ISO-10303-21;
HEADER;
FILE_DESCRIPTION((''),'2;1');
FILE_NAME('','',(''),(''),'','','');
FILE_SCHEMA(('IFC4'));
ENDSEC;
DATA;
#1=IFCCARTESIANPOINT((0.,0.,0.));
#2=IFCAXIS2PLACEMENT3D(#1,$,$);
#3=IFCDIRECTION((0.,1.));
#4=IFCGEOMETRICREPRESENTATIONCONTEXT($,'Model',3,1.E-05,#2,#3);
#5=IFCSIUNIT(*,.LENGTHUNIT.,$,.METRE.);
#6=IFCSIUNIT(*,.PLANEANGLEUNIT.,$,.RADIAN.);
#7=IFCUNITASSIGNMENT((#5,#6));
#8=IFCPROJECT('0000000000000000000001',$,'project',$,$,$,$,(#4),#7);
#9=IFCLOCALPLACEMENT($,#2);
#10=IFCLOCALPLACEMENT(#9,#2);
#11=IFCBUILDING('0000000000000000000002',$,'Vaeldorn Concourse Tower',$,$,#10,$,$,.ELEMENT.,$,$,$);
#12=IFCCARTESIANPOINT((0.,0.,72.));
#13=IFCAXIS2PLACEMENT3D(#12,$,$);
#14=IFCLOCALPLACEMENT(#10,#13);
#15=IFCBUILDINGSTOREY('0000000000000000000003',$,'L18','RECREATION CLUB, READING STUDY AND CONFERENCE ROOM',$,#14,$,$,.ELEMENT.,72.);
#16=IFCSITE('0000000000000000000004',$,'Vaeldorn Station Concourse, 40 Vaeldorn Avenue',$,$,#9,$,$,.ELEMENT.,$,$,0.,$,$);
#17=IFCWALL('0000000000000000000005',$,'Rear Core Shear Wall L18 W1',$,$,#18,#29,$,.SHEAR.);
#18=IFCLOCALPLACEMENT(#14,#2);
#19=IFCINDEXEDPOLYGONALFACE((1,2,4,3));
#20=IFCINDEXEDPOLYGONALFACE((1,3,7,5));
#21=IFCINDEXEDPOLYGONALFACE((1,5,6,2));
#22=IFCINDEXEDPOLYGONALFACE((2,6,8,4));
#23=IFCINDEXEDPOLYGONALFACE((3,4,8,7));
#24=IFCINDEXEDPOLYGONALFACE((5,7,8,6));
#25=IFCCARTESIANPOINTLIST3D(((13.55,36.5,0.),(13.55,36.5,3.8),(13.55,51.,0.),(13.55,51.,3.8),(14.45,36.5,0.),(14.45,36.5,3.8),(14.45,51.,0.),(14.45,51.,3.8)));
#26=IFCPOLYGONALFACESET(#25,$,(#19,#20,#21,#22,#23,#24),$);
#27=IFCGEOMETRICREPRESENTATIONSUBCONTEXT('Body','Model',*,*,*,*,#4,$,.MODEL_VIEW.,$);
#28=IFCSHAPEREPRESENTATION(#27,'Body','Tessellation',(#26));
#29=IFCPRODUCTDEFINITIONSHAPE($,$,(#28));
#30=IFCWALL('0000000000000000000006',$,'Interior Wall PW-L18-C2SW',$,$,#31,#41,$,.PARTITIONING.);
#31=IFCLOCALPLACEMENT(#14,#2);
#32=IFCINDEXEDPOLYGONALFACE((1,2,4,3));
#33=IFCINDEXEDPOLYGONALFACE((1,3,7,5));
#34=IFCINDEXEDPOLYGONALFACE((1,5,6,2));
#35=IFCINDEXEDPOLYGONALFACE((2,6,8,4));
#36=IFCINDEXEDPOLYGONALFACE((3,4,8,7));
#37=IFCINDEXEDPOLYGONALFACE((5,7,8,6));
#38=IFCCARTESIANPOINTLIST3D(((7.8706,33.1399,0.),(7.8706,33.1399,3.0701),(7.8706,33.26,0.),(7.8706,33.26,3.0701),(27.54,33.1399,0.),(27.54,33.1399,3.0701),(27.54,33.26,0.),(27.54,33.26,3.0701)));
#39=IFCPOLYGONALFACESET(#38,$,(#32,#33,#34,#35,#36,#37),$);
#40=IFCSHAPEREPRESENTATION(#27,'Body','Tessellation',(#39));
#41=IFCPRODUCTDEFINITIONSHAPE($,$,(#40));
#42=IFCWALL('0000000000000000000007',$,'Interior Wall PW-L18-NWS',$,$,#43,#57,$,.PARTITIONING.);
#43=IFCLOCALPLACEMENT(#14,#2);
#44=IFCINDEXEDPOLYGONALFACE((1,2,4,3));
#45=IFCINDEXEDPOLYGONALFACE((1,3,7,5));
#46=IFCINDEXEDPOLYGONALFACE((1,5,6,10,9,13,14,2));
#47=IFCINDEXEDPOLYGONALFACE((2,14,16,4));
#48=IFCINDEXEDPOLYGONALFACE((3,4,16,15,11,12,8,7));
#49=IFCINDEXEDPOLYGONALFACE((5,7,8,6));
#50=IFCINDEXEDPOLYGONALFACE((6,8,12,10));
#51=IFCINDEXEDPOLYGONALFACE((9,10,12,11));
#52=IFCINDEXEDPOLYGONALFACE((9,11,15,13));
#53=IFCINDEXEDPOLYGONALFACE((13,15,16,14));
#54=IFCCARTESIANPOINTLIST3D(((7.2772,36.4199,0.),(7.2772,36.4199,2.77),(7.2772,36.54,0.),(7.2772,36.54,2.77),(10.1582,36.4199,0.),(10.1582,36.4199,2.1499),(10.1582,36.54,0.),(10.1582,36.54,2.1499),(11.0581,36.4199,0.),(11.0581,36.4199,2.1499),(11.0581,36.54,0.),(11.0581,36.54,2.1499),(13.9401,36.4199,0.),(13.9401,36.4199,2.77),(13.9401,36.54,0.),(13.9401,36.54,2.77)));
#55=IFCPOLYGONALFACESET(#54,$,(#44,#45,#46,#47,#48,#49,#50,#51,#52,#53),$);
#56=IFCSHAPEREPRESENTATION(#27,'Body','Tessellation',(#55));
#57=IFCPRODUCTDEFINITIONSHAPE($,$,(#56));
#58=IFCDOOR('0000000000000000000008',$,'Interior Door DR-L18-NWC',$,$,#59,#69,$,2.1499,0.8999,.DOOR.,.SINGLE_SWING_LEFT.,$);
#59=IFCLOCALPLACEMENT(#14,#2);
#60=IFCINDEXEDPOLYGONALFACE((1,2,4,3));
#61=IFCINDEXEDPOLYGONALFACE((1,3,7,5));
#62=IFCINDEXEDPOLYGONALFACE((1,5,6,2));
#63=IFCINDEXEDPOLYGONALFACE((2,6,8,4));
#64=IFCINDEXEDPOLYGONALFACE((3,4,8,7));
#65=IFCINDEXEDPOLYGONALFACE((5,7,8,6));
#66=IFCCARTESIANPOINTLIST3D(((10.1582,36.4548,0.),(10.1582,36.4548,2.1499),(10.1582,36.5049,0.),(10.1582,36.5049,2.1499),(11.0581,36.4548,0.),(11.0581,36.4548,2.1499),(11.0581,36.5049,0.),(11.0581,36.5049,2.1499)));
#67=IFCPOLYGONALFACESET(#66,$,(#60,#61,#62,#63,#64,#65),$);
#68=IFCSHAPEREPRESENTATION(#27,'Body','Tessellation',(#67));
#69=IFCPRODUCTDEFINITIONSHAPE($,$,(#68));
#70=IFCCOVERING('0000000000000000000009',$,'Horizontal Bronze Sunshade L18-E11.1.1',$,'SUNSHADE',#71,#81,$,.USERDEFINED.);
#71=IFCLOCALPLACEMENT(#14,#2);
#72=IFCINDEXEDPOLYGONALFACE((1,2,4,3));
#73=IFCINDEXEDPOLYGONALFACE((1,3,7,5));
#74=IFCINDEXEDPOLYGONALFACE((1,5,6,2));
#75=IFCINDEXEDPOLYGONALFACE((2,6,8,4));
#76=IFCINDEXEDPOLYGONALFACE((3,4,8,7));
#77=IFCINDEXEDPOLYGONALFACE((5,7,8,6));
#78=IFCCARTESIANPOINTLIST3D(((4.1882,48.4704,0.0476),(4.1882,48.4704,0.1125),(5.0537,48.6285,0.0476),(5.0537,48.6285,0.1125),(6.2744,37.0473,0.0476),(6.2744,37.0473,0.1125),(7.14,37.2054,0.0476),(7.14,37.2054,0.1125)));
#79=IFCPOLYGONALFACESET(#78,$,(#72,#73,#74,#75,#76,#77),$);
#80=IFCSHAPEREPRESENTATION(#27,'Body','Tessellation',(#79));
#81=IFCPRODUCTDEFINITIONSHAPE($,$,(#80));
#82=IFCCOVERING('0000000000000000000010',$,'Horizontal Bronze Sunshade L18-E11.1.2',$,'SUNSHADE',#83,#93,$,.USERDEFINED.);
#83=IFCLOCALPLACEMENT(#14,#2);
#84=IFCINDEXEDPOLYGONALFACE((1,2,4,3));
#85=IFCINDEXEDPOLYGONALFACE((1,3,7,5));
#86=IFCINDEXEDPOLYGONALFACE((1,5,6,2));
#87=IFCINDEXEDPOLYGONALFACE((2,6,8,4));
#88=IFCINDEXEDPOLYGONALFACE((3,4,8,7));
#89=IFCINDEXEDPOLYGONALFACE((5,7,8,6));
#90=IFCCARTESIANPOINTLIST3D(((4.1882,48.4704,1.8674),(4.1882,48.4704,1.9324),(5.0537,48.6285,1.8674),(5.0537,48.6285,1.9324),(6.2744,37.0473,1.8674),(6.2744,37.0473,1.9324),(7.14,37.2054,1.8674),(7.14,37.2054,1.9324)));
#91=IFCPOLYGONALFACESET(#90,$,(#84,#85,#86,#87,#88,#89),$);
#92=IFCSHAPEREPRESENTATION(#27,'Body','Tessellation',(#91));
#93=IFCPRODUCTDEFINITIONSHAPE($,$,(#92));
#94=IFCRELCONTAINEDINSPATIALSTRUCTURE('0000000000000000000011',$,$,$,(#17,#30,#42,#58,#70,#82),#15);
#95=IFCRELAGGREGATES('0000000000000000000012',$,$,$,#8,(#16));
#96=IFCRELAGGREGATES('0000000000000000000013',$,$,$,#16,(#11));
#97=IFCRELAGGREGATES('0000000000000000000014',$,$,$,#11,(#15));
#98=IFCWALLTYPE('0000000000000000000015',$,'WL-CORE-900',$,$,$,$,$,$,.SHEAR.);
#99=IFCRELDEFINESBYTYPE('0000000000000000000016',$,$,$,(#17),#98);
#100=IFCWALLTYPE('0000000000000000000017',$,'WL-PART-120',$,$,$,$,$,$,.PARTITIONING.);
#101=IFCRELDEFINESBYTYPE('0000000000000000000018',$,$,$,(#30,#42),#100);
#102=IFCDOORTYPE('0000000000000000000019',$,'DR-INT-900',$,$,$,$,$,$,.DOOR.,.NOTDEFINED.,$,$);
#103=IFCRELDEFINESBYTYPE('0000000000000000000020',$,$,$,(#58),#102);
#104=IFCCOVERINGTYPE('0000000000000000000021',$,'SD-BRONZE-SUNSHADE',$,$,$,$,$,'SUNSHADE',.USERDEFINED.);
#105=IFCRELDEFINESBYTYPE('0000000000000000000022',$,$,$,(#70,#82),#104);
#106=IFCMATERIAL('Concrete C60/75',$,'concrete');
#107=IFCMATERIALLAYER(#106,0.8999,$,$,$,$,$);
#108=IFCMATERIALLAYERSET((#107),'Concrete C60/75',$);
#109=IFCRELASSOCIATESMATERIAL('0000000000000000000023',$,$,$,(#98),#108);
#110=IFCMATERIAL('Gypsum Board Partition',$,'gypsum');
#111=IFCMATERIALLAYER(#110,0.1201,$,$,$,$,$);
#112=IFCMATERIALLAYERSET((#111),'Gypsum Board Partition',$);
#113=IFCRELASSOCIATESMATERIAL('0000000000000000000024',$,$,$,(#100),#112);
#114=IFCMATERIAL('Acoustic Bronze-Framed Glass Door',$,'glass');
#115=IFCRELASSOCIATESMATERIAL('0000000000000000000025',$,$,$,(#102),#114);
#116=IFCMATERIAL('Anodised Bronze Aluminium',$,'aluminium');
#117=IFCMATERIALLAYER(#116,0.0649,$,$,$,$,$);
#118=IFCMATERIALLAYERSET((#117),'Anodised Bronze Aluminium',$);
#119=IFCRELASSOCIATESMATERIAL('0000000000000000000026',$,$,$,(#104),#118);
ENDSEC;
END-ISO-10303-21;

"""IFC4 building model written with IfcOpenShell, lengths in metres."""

from ifc_helpers import new_model, si_unit, direction, frame, frame_2d, origin, origin_2d, place, context, subcontext, project, spatial, rectangle, extrude, source, transform, mapped, material, layer, layer_set, type_object, element, fill, save


model = new_model("IFC4")

# Units and contexts
model_context = context("Model", 3, precision=1e-05, world=origin(), true_north=direction((0.0, 1.0)))
body_context = subcontext(model_context, "Body", "Model", "MODEL_VIEW")
ifc_project = project(units=[si_unit("LENGTHUNIT", "METRE"), si_unit("PLANEANGLEUNIT", "RADIAN")], contexts=[model_context])

# Site, building, storey
site_placement = place(None, origin())
site = spatial("IfcSite", under=ifc_project, at=site_placement, Name="Vaeldorn Station Concourse, 40 Vaeldorn Avenue", CompositionType="ELEMENT", RefElevation=0.0)
building_placement = place(site_placement, origin())
building = spatial("IfcBuilding", under=site, at=building_placement, Name="Vaeldorn Concourse Tower", CompositionType="ELEMENT")
storey_placement = place(building_placement, frame((0.0, 0.0, 72.0)))
storey = spatial("IfcBuildingStorey", under=building, at=storey_placement, Name="L18", Description="RECREATION CLUB, READING STUDY AND CONFERENCE ROOM", CompositionType="ELEMENT", Elevation=72.0)

# Shared definitions
ifc_material_1 = material(Name="Concrete C60/75", Category="concrete")

# Shared definitions
ifc_material_2 = material(Name="Anodised Bronze Aluminium", Category="aluminium")

# Walls
ifc_layer_1 = layer(ifc_material_1, 0.8999)
ifc_layer_set_1 = layer_set([ifc_layer_1], Name="Concrete C60/75")
wall_type_1 = type_object("IfcWallType", Name="WL-CORE-900", PredefinedType="SHEAR", material=ifc_layer_set_1)
wall_1_placement = place(storey_placement, frame((14.0, 36.5, 0.0), z_axis=(0.0, 0.0, 1.0), x_axis=(0.0, 1.0, 0.0)))
element("IfcWall", 1, at=wall_1_placement, inside=storey, type_object=wall_type_1, Name="Rear Core Shear Wall L18 W1", PredefinedType="SHEAR", context=body_context, shape_type="SweptSolid", body=[
    extrude(rectangle(XDim=14.5, YDim=0.8999, at=frame_2d((7.25, 0.0))), origin(), (0.0, 0.0, 1.0), 3.8),
])
ifc_material_3 = material(Name="Gypsum Board Partition", Category="gypsum")
ifc_layer_2 = layer(ifc_material_3, 0.1201)
ifc_layer_set_2 = layer_set([ifc_layer_2], Name="Gypsum Board Partition")
wall_type_2 = type_object("IfcWallType", Name="WL-PART-120", PredefinedType="PARTITIONING", material=ifc_layer_set_2)
wall_2_placement = place(storey_placement, frame((7.8706, 33.2, 0.0), z_axis=(0.0, 0.0, 1.0), x_axis=(1.0, 0.0, 0.0)))
element("IfcWall", 2, at=wall_2_placement, inside=storey, type_object=wall_type_2, Name="Interior Wall PW-L18-C2SW", PredefinedType="PARTITIONING", context=body_context, shape_type="SweptSolid", body=[
    extrude(rectangle(XDim=19.6694, YDim=0.1201, at=frame_2d((9.8347, 0.0))), origin(), (0.0, 0.0, 1.0), 3.0701),
])

# Wall, opening, door
wall_3_placement = place(storey_placement, frame((7.2771, 36.48, 0.0), z_axis=(0.0, 0.0, 1.0), x_axis=(1.0, 0.0, 0.0)))
wall_3 = element("IfcWall", 3, at=wall_3_placement, inside=storey, type_object=wall_type_2, Name="Interior Wall PW-L18-NWS", PredefinedType="PARTITIONING", context=body_context, shape_type="SweptSolid", body=[
    extrude(rectangle(XDim=6.6628, YDim=0.1201, at=frame_2d((3.3315, 0.0))), origin(), (0.0, 0.0, 1.0), 2.77),
])
opening_1_placement = place(wall_3_placement, frame((2.8811, 0.0, 0.0)))
opening_1 = element("IfcOpeningElement", 4, at=opening_1_placement, cuts=wall_3, PredefinedType="OPENING", context=body_context, shape_type="SweptSolid", body=[
    extrude(rectangle(XDim=0.8999, YDim=2.1499, at=frame_2d((0.45, 1.075))), frame((0.0, 0.0701, 0.0), z_axis=(0.0, -1.0, 0.0), x_axis=(1.0, 0.0, 0.0)), (0.0, 0.0, 1.0), 0.1401),
])
ifc_material_4 = material(Name="Acoustic Bronze-Framed Glass Door", Category="glass")
door_type_1 = type_object("IfcDoorType", Name="DR-INT-900", OperationType="NOTDEFINED", PredefinedType="DOOR", material=ifc_material_4)
shared_shape_1 = source(origin(), body_context, "Body", "SweptSolid", [
    extrude(rectangle(XDim=0.8999, YDim=2.1499, at=frame_2d((0.45, 1.075))), frame((0.0, 0.0249, 0.0), z_axis=(0.0, -1.0, 0.0), x_axis=(1.0, 0.0, 0.0)), (0.0, 0.0, 1.0), 0.05),
])
door_1_placement = place(opening_1_placement, origin())
door_1 = element("IfcDoor", 5, at=door_1_placement, inside=storey, type_object=door_type_1, Name="Interior Door DR-L18-NWC", OperationType="SINGLE_SWING_LEFT", OverallHeight=2.1499, OverallWidth=0.8999, PredefinedType="DOOR", context=body_context, shape_type="MappedRepresentation", body=[
    mapped(shared_shape_1, transform((0.0, 0.0, 0.0), scale=1.0)),
])
fill(opening_1, door_1)

# Coverings
ifc_layer_3 = layer(ifc_material_2, 0.0649)
ifc_layer_set_3 = layer_set([ifc_layer_3], Name="Anodised Bronze Aluminium")
covering_type = type_object("IfcCoveringType", Name="SD-BRONZE-SUNSHADE", ElementType="SUNSHADE", PredefinedType="USERDEFINED", material=ifc_layer_set_3)
shared_shape_2 = source(origin(), body_context, "Body", "SweptSolid", [
    extrude(rectangle(XDim=11.6121, YDim=0.8799, at=origin_2d()), origin(), (0.0, 0.0, 1.0), 0.0649),
])
for number, where, z_axis, x_axis, name in (
    (6, (5.6641, 42.8379, 0.0476), (0.0, 0.0, 1.0), (0.179661, -0.983729, 0.0), "Horizontal Bronze Sunshade L18-E11.1.1"),
    (7, (5.6641, 42.8379, 1.8674), (0.0, 0.0, 1.0), (0.179661, -0.983729, 0.0), "Horizontal Bronze Sunshade L18-E11.1.2"),
):
    element("IfcCovering", number, at=place(storey_placement, frame(where, z_axis=z_axis, x_axis=x_axis)), inside=storey, type_object=covering_type, Name=name, ObjectType="SUNSHADE", PredefinedType="USERDEFINED", context=body_context, shape_type="MappedRepresentation", body=[
        mapped(shared_shape_2, transform((0.0, 0.0, 0.0), scale=1.0)),
    ])

save(model, "model.ifc")
